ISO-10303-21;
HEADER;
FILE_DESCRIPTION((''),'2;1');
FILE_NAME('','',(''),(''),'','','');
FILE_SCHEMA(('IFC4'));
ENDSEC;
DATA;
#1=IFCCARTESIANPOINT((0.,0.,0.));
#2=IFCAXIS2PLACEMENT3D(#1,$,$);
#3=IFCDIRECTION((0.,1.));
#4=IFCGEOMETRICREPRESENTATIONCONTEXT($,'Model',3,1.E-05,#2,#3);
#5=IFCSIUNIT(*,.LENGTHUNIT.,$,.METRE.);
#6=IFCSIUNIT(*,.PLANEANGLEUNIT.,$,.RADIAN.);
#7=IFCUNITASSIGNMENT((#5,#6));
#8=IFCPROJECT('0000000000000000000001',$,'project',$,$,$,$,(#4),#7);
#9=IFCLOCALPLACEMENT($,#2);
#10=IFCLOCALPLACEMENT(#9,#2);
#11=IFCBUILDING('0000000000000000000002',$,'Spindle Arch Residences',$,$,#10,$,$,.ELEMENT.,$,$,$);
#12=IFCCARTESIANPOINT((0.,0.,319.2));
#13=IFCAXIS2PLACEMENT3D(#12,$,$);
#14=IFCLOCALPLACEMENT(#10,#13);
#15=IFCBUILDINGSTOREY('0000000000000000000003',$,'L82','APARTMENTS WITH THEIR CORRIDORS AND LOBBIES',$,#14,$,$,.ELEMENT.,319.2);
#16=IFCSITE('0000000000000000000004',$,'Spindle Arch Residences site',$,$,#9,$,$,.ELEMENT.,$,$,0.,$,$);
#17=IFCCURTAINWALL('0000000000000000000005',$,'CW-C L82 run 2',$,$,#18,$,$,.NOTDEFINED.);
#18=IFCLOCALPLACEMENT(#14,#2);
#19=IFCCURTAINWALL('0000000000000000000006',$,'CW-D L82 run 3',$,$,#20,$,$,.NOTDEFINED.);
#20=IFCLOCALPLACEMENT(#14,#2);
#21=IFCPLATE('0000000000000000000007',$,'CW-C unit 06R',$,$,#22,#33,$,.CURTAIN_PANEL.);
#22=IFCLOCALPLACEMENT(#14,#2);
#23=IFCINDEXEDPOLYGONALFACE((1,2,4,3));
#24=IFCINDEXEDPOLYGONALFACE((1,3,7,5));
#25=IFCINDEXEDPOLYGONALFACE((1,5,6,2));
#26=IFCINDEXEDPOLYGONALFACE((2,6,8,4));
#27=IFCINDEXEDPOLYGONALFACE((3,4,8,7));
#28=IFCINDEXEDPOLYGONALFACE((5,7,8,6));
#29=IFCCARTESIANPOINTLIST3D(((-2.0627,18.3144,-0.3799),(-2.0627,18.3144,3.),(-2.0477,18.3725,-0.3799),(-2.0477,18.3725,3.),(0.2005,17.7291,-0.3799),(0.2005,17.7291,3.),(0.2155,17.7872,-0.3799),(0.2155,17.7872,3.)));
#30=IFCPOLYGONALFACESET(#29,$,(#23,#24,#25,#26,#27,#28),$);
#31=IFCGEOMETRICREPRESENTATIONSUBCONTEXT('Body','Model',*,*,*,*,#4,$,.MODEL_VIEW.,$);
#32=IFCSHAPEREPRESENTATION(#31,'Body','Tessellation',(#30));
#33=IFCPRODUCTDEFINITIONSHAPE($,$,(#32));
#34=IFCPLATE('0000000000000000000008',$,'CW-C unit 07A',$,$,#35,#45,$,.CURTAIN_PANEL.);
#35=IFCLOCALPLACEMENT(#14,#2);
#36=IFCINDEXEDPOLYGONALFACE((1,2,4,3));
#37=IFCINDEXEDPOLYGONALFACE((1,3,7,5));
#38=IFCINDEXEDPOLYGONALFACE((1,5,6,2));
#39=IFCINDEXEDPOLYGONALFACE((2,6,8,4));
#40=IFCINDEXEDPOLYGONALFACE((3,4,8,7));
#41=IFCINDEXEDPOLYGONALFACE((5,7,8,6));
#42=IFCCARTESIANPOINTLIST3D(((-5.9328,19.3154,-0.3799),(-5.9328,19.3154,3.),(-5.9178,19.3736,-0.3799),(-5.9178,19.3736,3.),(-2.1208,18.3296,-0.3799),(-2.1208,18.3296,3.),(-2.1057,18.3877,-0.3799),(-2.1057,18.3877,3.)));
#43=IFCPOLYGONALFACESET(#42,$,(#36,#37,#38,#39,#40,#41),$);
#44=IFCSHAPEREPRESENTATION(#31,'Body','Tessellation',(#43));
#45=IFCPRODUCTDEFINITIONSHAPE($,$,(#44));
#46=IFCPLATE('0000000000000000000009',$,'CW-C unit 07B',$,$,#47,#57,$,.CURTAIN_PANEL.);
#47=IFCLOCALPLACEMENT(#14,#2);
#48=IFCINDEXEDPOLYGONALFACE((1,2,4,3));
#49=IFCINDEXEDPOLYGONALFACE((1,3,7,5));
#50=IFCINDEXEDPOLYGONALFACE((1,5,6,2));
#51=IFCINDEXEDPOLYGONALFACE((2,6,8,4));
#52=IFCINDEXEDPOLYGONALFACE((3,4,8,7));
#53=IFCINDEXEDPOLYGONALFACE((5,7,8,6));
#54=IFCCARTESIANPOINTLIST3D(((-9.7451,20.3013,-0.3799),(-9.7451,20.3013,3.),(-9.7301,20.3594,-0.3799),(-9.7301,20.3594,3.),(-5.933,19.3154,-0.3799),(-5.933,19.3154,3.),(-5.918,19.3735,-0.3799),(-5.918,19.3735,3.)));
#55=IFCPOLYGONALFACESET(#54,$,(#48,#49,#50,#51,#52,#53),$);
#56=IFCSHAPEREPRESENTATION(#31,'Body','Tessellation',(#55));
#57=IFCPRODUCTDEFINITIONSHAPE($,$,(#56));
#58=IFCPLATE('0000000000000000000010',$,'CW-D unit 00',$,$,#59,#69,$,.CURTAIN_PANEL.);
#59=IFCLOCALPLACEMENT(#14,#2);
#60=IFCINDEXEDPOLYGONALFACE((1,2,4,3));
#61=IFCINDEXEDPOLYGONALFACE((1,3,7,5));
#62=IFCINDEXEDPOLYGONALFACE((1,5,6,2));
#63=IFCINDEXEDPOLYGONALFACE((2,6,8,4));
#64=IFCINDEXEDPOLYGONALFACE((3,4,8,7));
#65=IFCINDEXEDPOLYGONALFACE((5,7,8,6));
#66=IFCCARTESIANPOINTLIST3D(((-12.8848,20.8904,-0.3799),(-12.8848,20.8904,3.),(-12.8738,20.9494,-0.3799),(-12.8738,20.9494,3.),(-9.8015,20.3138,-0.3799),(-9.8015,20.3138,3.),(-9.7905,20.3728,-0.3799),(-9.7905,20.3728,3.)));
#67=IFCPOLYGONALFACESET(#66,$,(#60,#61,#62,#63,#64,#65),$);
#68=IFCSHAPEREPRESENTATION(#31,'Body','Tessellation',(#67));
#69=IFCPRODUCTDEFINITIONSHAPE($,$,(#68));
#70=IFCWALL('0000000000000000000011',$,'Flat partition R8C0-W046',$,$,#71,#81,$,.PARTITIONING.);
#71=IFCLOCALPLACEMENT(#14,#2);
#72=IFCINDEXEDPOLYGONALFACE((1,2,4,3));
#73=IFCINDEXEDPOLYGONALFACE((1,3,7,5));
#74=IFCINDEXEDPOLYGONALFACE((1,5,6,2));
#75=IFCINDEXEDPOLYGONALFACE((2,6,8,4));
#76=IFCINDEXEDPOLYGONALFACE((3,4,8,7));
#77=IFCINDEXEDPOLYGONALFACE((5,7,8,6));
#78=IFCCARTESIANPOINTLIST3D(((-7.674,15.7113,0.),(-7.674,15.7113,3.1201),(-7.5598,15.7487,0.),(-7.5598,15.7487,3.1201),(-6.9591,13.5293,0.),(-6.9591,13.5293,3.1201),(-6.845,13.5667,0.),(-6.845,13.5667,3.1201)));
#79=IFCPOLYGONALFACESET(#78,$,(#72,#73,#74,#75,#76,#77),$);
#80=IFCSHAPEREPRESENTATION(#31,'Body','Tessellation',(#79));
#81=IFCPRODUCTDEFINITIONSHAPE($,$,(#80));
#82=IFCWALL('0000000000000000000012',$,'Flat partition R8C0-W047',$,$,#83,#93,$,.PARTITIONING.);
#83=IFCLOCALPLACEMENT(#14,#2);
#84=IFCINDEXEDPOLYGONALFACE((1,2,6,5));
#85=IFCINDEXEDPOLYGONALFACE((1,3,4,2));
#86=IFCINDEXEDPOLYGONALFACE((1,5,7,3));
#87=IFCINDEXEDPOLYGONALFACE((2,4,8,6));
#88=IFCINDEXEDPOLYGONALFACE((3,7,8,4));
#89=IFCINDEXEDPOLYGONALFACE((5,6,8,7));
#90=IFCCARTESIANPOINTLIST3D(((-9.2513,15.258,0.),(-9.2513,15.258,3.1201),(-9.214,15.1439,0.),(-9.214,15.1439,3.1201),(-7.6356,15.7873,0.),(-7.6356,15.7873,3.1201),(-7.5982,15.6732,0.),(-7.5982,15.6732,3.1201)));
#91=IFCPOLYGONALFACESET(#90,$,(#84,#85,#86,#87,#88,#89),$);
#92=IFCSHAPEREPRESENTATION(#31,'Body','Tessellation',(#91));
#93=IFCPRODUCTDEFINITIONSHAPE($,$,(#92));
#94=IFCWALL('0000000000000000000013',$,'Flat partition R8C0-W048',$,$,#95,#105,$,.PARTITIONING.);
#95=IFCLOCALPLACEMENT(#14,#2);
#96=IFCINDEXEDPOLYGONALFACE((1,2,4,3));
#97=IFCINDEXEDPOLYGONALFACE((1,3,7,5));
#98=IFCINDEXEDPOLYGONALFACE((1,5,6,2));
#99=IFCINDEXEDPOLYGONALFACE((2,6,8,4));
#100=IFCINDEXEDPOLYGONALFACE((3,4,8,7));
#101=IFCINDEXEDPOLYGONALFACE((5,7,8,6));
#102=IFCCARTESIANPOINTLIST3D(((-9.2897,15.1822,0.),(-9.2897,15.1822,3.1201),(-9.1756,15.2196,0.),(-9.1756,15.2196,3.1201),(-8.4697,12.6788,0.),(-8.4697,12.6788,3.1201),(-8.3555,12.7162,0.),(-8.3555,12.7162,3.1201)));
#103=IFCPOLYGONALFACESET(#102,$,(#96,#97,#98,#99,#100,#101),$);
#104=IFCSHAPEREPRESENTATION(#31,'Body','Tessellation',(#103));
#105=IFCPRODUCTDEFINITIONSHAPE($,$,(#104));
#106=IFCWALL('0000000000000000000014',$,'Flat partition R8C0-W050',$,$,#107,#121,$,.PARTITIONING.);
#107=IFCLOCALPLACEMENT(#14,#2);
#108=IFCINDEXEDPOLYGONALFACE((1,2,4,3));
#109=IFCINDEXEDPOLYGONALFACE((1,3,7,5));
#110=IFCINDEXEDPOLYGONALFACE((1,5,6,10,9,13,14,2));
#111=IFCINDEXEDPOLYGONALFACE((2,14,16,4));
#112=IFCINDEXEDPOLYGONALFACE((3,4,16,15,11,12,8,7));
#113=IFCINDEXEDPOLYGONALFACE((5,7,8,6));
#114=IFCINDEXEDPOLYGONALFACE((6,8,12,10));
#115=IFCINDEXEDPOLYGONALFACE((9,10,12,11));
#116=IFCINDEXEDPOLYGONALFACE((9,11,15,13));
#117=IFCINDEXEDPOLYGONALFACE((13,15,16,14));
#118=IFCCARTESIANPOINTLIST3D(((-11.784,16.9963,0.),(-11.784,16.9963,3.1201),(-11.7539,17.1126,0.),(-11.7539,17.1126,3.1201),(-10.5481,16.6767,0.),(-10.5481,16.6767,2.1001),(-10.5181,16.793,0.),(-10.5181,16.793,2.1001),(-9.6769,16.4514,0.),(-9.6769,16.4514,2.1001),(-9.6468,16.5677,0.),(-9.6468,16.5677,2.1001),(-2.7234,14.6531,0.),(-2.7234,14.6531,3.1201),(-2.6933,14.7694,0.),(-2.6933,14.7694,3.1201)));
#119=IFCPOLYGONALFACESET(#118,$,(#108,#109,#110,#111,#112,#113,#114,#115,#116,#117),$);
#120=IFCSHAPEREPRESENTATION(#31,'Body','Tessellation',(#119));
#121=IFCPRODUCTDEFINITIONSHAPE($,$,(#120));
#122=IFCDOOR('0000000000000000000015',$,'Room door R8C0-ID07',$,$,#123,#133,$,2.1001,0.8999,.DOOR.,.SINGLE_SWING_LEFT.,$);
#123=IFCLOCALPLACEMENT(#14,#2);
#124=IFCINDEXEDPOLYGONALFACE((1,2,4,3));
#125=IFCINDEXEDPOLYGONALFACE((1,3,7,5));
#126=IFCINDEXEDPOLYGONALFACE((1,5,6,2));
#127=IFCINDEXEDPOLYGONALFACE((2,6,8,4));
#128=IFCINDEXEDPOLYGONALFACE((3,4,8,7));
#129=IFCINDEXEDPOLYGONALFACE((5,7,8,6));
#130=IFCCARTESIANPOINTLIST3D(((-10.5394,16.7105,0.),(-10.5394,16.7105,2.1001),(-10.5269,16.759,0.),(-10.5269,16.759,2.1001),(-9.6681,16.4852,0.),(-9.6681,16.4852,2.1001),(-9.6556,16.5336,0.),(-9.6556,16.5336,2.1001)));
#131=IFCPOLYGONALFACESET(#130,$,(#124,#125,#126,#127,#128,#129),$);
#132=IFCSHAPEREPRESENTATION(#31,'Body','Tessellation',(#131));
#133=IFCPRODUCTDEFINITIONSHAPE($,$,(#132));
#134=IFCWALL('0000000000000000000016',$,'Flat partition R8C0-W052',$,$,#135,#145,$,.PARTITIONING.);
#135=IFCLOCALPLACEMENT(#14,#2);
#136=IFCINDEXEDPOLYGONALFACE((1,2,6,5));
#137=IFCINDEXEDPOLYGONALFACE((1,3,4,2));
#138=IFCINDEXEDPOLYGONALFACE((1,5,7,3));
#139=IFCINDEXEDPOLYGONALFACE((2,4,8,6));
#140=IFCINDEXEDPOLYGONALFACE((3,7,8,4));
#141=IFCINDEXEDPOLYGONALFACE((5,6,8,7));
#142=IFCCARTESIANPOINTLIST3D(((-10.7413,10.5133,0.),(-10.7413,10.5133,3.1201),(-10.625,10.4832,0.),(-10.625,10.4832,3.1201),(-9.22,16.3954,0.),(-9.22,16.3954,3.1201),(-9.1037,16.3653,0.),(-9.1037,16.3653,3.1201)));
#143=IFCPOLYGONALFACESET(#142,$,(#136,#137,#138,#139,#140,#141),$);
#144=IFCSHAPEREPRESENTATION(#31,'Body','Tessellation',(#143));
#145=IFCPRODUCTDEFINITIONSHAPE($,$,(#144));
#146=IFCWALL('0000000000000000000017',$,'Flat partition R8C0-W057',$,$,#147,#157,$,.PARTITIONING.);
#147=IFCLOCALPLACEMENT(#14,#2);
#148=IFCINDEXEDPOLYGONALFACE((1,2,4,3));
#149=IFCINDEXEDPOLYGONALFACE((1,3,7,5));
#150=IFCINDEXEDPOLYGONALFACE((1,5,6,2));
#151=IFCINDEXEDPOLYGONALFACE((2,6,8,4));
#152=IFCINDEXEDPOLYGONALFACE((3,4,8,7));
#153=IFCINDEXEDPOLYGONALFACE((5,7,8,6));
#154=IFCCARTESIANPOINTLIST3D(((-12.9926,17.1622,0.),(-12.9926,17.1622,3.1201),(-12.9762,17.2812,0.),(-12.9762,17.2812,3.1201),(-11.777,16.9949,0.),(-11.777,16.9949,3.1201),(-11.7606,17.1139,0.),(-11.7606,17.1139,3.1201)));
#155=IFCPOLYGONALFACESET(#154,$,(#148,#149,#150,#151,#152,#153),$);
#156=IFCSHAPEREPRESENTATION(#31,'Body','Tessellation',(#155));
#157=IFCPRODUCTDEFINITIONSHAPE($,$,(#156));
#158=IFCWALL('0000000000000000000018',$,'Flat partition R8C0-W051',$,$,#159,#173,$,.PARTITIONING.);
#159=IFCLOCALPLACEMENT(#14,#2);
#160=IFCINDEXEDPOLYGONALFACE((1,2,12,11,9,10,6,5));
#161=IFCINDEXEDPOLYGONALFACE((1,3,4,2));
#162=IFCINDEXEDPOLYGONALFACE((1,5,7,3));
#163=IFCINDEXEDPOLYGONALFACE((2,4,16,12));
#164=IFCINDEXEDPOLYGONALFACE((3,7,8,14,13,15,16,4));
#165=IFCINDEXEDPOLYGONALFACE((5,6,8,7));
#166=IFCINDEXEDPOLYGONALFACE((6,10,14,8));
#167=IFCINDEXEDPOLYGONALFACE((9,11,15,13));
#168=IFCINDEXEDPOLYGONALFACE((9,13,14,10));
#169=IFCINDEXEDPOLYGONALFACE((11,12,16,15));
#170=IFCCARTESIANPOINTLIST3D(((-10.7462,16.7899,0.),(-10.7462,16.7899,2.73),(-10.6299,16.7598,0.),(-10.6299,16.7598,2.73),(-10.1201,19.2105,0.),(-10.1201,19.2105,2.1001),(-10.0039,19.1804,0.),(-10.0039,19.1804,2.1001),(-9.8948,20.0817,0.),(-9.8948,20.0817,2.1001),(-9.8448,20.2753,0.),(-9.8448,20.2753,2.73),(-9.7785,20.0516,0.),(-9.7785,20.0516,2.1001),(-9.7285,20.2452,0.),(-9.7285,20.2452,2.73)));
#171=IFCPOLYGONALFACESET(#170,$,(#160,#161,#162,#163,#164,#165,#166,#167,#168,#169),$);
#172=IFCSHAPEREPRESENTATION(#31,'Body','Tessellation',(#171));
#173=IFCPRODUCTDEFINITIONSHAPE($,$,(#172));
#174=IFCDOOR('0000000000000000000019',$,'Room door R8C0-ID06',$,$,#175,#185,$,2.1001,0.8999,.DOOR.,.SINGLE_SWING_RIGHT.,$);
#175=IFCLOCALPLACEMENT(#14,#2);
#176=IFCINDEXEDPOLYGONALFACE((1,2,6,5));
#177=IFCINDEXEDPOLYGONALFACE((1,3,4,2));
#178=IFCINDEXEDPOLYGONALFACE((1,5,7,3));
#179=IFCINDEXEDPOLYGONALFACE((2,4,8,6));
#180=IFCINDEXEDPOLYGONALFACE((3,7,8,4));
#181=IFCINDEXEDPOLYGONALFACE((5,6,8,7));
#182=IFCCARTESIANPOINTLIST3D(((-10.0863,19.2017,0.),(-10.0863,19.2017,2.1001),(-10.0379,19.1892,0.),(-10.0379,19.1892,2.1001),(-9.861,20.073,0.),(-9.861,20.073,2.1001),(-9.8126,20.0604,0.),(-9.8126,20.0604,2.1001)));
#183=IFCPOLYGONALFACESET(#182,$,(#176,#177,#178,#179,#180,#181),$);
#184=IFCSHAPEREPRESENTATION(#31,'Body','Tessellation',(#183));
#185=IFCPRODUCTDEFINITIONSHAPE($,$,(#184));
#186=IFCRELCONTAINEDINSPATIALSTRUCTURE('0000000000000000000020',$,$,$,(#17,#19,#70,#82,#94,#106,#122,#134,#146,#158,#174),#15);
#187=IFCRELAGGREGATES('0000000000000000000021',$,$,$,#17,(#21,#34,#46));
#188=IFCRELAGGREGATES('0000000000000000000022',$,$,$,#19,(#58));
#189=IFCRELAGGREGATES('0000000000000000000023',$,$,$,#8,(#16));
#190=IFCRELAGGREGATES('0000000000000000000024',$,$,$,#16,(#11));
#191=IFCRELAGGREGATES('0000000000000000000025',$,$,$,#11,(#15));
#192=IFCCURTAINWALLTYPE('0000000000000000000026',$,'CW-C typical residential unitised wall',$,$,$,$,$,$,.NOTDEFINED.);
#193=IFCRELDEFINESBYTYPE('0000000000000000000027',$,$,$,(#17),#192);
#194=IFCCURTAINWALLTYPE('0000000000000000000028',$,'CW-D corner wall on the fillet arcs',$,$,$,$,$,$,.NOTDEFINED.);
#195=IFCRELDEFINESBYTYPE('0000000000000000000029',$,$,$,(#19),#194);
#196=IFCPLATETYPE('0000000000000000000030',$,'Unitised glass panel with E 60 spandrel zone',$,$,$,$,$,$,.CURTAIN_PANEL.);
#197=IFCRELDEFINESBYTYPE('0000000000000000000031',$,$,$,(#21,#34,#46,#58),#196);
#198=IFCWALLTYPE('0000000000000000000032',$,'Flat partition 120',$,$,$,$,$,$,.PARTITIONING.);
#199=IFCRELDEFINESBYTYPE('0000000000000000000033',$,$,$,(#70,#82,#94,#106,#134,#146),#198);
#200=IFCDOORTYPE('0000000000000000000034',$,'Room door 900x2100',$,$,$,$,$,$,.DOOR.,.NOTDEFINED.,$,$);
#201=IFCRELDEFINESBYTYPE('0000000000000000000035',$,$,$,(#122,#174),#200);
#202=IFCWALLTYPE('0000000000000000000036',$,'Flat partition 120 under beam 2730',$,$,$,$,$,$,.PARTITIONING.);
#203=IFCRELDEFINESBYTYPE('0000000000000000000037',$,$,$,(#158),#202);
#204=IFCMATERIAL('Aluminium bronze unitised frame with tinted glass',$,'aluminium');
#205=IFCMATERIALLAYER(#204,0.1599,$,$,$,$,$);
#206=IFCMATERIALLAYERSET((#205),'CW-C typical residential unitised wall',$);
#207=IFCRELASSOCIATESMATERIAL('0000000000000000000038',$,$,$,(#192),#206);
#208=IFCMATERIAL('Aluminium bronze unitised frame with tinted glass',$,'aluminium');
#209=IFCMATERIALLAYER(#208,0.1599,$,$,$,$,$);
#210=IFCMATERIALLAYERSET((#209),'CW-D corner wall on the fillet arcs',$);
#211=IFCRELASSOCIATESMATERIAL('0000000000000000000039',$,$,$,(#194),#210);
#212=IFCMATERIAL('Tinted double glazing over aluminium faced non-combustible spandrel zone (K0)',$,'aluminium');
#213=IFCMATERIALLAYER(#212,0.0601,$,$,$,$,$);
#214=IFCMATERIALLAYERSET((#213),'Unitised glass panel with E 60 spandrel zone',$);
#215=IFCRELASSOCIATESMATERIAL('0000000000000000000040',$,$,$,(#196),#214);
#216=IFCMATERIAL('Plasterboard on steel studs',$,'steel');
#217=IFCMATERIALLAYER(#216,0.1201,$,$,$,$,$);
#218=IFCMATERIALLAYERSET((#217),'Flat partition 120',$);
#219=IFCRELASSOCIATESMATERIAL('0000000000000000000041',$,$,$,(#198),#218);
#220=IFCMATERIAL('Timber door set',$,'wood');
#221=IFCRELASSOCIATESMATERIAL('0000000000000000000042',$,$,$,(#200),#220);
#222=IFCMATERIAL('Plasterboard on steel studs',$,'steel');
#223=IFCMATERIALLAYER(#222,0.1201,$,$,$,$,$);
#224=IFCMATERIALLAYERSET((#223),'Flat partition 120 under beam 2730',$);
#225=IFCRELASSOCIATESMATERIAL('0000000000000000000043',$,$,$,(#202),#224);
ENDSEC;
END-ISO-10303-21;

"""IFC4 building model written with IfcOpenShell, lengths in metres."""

from ifc_helpers import new_model, si_unit, direction, frame, frame_2d, origin, origin_2d, place, context, subcontext, project, spatial, rectangle, extrude, material, layer, layer_set, type_object, element, fill, aggregate, save


model = new_model("IFC4")

# Units and contexts
model_context = context("Model", 3, precision=1e-05, world=origin(), true_north=direction((0.0, 1.0)))
body_context = subcontext(model_context, "Body", "Model", "MODEL_VIEW")
ifc_project = project(units=[si_unit("LENGTHUNIT", "METRE"), si_unit("PLANEANGLEUNIT", "RADIAN")], contexts=[model_context])

# Site, building, storey
site_placement = place(None, origin())
site = spatial("IfcSite", under=ifc_project, at=site_placement, Name="Spindle Arch Residences site", CompositionType="ELEMENT", RefElevation=0.0)
building_placement = place(site_placement, origin())
building = spatial("IfcBuilding", under=site, at=building_placement, Name="Spindle Arch Residences", CompositionType="ELEMENT")
storey_placement = place(building_placement, frame((0.0, 0.0, 319.2)))
storey = spatial("IfcBuildingStorey", under=building, at=storey_placement, Name="L82", Description="APARTMENTS WITH THEIR CORRIDORS AND LOBBIES", CompositionType="ELEMENT", Elevation=319.2)

# Curtain wall
ifc_material_1 = material(Name="Aluminium bronze unitised frame with tinted glass", Category="aluminium")
ifc_layer_1 = layer(ifc_material_1, 0.1599)
ifc_layer_set_1 = layer_set([ifc_layer_1], Name="CW-C typical residential unitised wall")
curtain_wall_type_1 = type_object("IfcCurtainWallType", Name="CW-C typical residential unitised wall", PredefinedType="NOTDEFINED", material=ifc_layer_set_1)
curtain_wall_1_placement = place(storey_placement, origin())
curtain_wall_1 = element("IfcCurtainWall", 1, at=curtain_wall_1_placement, inside=storey, type_object=curtain_wall_type_1, Name="CW-C L82 run 2", PredefinedType="NOTDEFINED")

# Curtain wall
ifc_material_2 = material(Name="Aluminium bronze unitised frame with tinted glass", Category="aluminium")
ifc_layer_2 = layer(ifc_material_2, 0.1599)
ifc_layer_set_2 = layer_set([ifc_layer_2], Name="CW-D corner wall on the fillet arcs")
curtain_wall_type_2 = type_object("IfcCurtainWallType", Name="CW-D corner wall on the fillet arcs", PredefinedType="NOTDEFINED", material=ifc_layer_set_2)
curtain_wall_2_placement = place(storey_placement, origin())
curtain_wall_2 = element("IfcCurtainWall", 2, at=curtain_wall_2_placement, inside=storey, type_object=curtain_wall_type_2, Name="CW-D L82 run 3", PredefinedType="NOTDEFINED")

# Plates
ifc_material_3 = material(Name="Tinted double glazing over aluminium faced non-combustible spandrel zone (K0)", Category="aluminium")
ifc_layer_3 = layer(ifc_material_3, 0.0601)
ifc_layer_set_3 = layer_set([ifc_layer_3], Name="Unitised glass panel with E 60 spandrel zone")
plate_type = type_object("IfcPlateType", Name="Unitised glass panel with E 60 spandrel zone", PredefinedType="CURTAIN_PANEL", material=ifc_layer_set_3)
plate_1_placement = place(storey_placement, frame((-0.9236, 18.0508, -0.3799), z_axis=(0.0, 0.0, 1.0), x_axis=(-0.968148, 0.25038, 0.0)))
plate_1 = element("IfcPlate", 3, at=plate_1_placement, type_object=plate_type, Name="CW-C unit 06R", PredefinedType="CURTAIN_PANEL", context=body_context, shape_type="SweptSolid", body=[
    extrude(rectangle(XDim=2.3376, YDim=0.0601, at=origin_2d()), origin(), (0.0, 0.0, 1.0), 3.3799),
])
plate_2_placement = place(storey_placement, frame((-4.0193, 18.8516, -0.3799), z_axis=(0.0, 0.0, 1.0), x_axis=(-0.968148, 0.25038, 0.0)))
plate_2 = element("IfcPlate", 4, at=plate_2_placement, type_object=plate_type, Name="CW-C unit 07A", PredefinedType="CURTAIN_PANEL", context=body_context, shape_type="SweptSolid", body=[
    extrude(rectangle(XDim=3.9375, YDim=0.0601, at=origin_2d()), origin(), (0.0, 0.0, 1.0), 3.3799),
])
plate_3_placement = place(storey_placement, frame((-7.8315, 19.8374, -0.3799), z_axis=(0.0, 0.0, 1.0), x_axis=(-0.968148, 0.25038, 0.0)))
plate_3 = element("IfcPlate", 5, at=plate_3_placement, type_object=plate_type, Name="CW-C unit 07B", PredefinedType="CURTAIN_PANEL", context=body_context, shape_type="SweptSolid", body=[
    extrude(rectangle(XDim=3.9375, YDim=0.0601, at=origin_2d()), origin(), (0.0, 0.0, 1.0), 3.3799),
])
aggregate(curtain_wall_1, [plate_1, plate_2, plate_3])
plate_4_placement = place(storey_placement, frame((-11.3376, 20.6316, -0.3799), z_axis=(0.0, 0.0, 1.0), x_axis=(-0.982957, 0.183837, 0.0)))
plate_4 = element("IfcPlate", 6, at=plate_4_placement, type_object=plate_type, Name="CW-D unit 00", PredefinedType="CURTAIN_PANEL", context=body_context, shape_type="SweptSolid", body=[
    extrude(rectangle(XDim=3.1367, YDim=0.0601, at=origin_2d()), origin(), (0.0, 0.0, 1.0), 3.3799),
])
aggregate(curtain_wall_2, [plate_4])

# Walls
ifc_material_4 = material(Name="Plasterboard on steel studs", Category="steel")
ifc_layer_4 = layer(ifc_material_4, 0.1201)
ifc_layer_set_4 = layer_set([ifc_layer_4], Name="Flat partition 120")
wall_type_1 = type_object("IfcWallType", Name="Flat partition 120", PredefinedType="PARTITIONING", material=ifc_layer_set_4)
wall_1_placement = place(storey_placement, frame((-6.9021, 13.5481, 0.0), z_axis=(0.0, 0.0, 1.0), x_axis=(-0.311311, 0.950308, 0.0)))
element("IfcWall", 7, at=wall_1_placement, inside=storey, type_object=wall_type_1, Name="Flat partition R8C0-W046", PredefinedType="PARTITIONING", context=body_context, shape_type="SweptSolid", body=[
    extrude(rectangle(XDim=2.2961, YDim=0.1201, at=frame_2d((1.1479, 0.0))), origin(), (0.0, 0.0, 1.0), 3.1201),
])
wall_2_placement = place(storey_placement, frame((-7.6169, 15.7302, 0.0), z_axis=(0.0, 0.0, 1.0), x_axis=(-0.950308, -0.311313, 0.0)))
element("IfcWall", 8, at=wall_2_placement, inside=storey, type_object=wall_type_1, Name="Flat partition R8C0-W047", PredefinedType="PARTITIONING", context=body_context, shape_type="SweptSolid", body=[
    extrude(rectangle(XDim=1.7002, YDim=0.1201, at=frame_2d((0.8501, 0.0))), origin(), (0.0, 0.0, 1.0), 3.1201),
])
wall_3_placement = place(storey_placement, frame((-9.2327, 15.2009, 0.0), z_axis=(0.0, 0.0, 1.0), x_axis=(0.311302, -0.950311, 0.0)))
element("IfcWall", 9, at=wall_3_placement, inside=storey, type_object=wall_type_1, Name="Flat partition R8C0-W048", PredefinedType="PARTITIONING", context=body_context, shape_type="SweptSolid", body=[
    extrude(rectangle(XDim=2.6343, YDim=0.1201, at=frame_2d((1.3171, 0.0))), origin(), (0.0, 0.0, 1.0), 3.1201),
])

# Wall, opening, door
wall_4_placement = place(storey_placement, frame((-11.7688, 17.0544, 0.0), z_axis=(0.0, 0.0, 1.0), x_axis=(0.968146, -0.250385, 0.0)))
wall_4 = element("IfcWall", 10, at=wall_4_placement, inside=storey, type_object=wall_type_1, Name="Flat partition R8C0-W050", PredefinedType="PARTITIONING", context=body_context, shape_type="SweptSolid", body=[
    extrude(rectangle(XDim=9.3586, YDim=0.1201, at=frame_2d((4.6792, 0.0))), origin(), (0.0, 0.0, 1.0), 3.1201),
])
opening_1_placement = place(wall_4_placement, frame((1.2764, 0.0, 0.0)))
opening_1 = element("IfcOpeningElement", 11, at=opening_1_placement, cuts=wall_4, PredefinedType="OPENING", context=body_context, shape_type="SweptSolid", body=[
    extrude(rectangle(XDim=0.8999, YDim=2.1001, at=frame_2d((0.45, 1.05))), frame((0.0, 0.0701, 0.0), z_axis=(0.0, -1.0, 0.0), x_axis=(1.0, 0.0, 0.0)), (0.0, 0.0, 1.0), 0.1401),
])
ifc_material_5 = material(Name="Timber door set", Category="wood")
door_type = type_object("IfcDoorType", Name="Room door 900x2100", OperationType="NOTDEFINED", PredefinedType="DOOR", material=ifc_material_5)
door_1_placement = place(opening_1_placement, origin())
door_1 = element("IfcDoor", 12, at=door_1_placement, inside=storey, type_object=door_type, Name="Room door R8C0-ID07", OperationType="SINGLE_SWING_LEFT", OverallHeight=2.1001, OverallWidth=0.8999, PredefinedType="DOOR", context=body_context, shape_type="SweptSolid", body=[
    extrude(rectangle(XDim=0.8999, YDim=2.1001, at=frame_2d((0.45, 1.05))), frame((0.0, 0.0249, 0.0), z_axis=(0.0, -1.0, 0.0), x_axis=(1.0, 0.0, 0.0)), (0.0, 0.0, 1.0), 0.05),
])
fill(opening_1, door_1)

# Walls
wall_5_placement = place(storey_placement, frame((-9.1619, 16.3804, 0.0), z_axis=(0.0, 0.0, 1.0), x_axis=(-0.250385, -0.968146, 0.0)))
element("IfcWall", 13, at=wall_5_placement, inside=storey, type_object=wall_type_1, Name="Flat partition R8C0-W052", PredefinedType="PARTITIONING", context=body_context, shape_type="SweptSolid", body=[
    extrude(rectangle(XDim=6.0757, YDim=0.1201, at=frame_2d((3.0378, 0.0))), origin(), (0.0, 0.0, 1.0), 3.1201),
])
wall_6_placement = place(storey_placement, frame((-12.9844, 17.2217, 0.0), z_axis=(0.0, 0.0, 1.0), x_axis=(0.990668, -0.136294, 0.0)))
element("IfcWall", 14, at=wall_6_placement, inside=storey, type_object=wall_type_1, Name="Flat partition R8C0-W057", PredefinedType="PARTITIONING", context=body_context, shape_type="SweptSolid", body=[
    extrude(rectangle(XDim=1.2271, YDim=0.1201, at=frame_2d((0.6135, 0.0))), origin(), (0.0, 0.0, 1.0), 3.1201),
])

# Wall, opening, door
ifc_material_6 = material(Name="Plasterboard on steel studs", Category="steel")
ifc_layer_5 = layer(ifc_material_6, 0.1201)
ifc_layer_set_5 = layer_set([ifc_layer_5], Name="Flat partition 120 under beam 2730")
wall_type_2 = type_object("IfcWallType", Name="Flat partition 120 under beam 2730", PredefinedType="PARTITIONING", material=ifc_layer_set_5)
wall_7_placement = place(storey_placement, frame((-9.7866, 20.2603, 0.0), z_axis=(0.0, 0.0, 1.0), x_axis=(-0.250378, -0.968148, 0.0)))
wall_7 = element("IfcWall", 15, at=wall_7_placement, inside=storey, type_object=wall_type_2, Name="Flat partition R8C0-W051", PredefinedType="PARTITIONING", context=body_context, shape_type="SweptSolid", body=[
    extrude(rectangle(XDim=3.6001, YDim=0.1201, at=frame_2d((1.8, 0.0))), origin(), (0.0, 0.0, 1.0), 2.73),
])
opening_2_placement = place(wall_7_placement, frame((0.2, 0.0, 0.0)))
opening_2 = element("IfcOpeningElement", 16, at=opening_2_placement, cuts=wall_7, PredefinedType="OPENING", context=body_context, shape_type="SweptSolid", body=[
    extrude(rectangle(XDim=0.8999, YDim=2.1001, at=frame_2d((0.45, 1.05))), frame((0.0, 0.0701, 0.0), z_axis=(0.0, -1.0, 0.0), x_axis=(1.0, 0.0, 0.0)), (0.0, 0.0, 1.0), 0.1401),
])
door_2_placement = place(opening_2_placement, origin())
door_2 = element("IfcDoor", 17, at=door_2_placement, inside=storey, type_object=door_type, Name="Room door R8C0-ID06", OperationType="SINGLE_SWING_RIGHT", OverallHeight=2.1001, OverallWidth=0.8999, PredefinedType="DOOR", context=body_context, shape_type="SweptSolid", body=[
    extrude(rectangle(XDim=0.8999, YDim=2.1001, at=frame_2d((0.45, 1.05))), frame((0.0, 0.0249, 0.0), z_axis=(0.0, -1.0, 0.0), x_axis=(1.0, 0.0, 0.0)), (0.0, 0.0, 1.0), 0.05),
])
fill(opening_2, door_2)

save(model, "model.ifc")
